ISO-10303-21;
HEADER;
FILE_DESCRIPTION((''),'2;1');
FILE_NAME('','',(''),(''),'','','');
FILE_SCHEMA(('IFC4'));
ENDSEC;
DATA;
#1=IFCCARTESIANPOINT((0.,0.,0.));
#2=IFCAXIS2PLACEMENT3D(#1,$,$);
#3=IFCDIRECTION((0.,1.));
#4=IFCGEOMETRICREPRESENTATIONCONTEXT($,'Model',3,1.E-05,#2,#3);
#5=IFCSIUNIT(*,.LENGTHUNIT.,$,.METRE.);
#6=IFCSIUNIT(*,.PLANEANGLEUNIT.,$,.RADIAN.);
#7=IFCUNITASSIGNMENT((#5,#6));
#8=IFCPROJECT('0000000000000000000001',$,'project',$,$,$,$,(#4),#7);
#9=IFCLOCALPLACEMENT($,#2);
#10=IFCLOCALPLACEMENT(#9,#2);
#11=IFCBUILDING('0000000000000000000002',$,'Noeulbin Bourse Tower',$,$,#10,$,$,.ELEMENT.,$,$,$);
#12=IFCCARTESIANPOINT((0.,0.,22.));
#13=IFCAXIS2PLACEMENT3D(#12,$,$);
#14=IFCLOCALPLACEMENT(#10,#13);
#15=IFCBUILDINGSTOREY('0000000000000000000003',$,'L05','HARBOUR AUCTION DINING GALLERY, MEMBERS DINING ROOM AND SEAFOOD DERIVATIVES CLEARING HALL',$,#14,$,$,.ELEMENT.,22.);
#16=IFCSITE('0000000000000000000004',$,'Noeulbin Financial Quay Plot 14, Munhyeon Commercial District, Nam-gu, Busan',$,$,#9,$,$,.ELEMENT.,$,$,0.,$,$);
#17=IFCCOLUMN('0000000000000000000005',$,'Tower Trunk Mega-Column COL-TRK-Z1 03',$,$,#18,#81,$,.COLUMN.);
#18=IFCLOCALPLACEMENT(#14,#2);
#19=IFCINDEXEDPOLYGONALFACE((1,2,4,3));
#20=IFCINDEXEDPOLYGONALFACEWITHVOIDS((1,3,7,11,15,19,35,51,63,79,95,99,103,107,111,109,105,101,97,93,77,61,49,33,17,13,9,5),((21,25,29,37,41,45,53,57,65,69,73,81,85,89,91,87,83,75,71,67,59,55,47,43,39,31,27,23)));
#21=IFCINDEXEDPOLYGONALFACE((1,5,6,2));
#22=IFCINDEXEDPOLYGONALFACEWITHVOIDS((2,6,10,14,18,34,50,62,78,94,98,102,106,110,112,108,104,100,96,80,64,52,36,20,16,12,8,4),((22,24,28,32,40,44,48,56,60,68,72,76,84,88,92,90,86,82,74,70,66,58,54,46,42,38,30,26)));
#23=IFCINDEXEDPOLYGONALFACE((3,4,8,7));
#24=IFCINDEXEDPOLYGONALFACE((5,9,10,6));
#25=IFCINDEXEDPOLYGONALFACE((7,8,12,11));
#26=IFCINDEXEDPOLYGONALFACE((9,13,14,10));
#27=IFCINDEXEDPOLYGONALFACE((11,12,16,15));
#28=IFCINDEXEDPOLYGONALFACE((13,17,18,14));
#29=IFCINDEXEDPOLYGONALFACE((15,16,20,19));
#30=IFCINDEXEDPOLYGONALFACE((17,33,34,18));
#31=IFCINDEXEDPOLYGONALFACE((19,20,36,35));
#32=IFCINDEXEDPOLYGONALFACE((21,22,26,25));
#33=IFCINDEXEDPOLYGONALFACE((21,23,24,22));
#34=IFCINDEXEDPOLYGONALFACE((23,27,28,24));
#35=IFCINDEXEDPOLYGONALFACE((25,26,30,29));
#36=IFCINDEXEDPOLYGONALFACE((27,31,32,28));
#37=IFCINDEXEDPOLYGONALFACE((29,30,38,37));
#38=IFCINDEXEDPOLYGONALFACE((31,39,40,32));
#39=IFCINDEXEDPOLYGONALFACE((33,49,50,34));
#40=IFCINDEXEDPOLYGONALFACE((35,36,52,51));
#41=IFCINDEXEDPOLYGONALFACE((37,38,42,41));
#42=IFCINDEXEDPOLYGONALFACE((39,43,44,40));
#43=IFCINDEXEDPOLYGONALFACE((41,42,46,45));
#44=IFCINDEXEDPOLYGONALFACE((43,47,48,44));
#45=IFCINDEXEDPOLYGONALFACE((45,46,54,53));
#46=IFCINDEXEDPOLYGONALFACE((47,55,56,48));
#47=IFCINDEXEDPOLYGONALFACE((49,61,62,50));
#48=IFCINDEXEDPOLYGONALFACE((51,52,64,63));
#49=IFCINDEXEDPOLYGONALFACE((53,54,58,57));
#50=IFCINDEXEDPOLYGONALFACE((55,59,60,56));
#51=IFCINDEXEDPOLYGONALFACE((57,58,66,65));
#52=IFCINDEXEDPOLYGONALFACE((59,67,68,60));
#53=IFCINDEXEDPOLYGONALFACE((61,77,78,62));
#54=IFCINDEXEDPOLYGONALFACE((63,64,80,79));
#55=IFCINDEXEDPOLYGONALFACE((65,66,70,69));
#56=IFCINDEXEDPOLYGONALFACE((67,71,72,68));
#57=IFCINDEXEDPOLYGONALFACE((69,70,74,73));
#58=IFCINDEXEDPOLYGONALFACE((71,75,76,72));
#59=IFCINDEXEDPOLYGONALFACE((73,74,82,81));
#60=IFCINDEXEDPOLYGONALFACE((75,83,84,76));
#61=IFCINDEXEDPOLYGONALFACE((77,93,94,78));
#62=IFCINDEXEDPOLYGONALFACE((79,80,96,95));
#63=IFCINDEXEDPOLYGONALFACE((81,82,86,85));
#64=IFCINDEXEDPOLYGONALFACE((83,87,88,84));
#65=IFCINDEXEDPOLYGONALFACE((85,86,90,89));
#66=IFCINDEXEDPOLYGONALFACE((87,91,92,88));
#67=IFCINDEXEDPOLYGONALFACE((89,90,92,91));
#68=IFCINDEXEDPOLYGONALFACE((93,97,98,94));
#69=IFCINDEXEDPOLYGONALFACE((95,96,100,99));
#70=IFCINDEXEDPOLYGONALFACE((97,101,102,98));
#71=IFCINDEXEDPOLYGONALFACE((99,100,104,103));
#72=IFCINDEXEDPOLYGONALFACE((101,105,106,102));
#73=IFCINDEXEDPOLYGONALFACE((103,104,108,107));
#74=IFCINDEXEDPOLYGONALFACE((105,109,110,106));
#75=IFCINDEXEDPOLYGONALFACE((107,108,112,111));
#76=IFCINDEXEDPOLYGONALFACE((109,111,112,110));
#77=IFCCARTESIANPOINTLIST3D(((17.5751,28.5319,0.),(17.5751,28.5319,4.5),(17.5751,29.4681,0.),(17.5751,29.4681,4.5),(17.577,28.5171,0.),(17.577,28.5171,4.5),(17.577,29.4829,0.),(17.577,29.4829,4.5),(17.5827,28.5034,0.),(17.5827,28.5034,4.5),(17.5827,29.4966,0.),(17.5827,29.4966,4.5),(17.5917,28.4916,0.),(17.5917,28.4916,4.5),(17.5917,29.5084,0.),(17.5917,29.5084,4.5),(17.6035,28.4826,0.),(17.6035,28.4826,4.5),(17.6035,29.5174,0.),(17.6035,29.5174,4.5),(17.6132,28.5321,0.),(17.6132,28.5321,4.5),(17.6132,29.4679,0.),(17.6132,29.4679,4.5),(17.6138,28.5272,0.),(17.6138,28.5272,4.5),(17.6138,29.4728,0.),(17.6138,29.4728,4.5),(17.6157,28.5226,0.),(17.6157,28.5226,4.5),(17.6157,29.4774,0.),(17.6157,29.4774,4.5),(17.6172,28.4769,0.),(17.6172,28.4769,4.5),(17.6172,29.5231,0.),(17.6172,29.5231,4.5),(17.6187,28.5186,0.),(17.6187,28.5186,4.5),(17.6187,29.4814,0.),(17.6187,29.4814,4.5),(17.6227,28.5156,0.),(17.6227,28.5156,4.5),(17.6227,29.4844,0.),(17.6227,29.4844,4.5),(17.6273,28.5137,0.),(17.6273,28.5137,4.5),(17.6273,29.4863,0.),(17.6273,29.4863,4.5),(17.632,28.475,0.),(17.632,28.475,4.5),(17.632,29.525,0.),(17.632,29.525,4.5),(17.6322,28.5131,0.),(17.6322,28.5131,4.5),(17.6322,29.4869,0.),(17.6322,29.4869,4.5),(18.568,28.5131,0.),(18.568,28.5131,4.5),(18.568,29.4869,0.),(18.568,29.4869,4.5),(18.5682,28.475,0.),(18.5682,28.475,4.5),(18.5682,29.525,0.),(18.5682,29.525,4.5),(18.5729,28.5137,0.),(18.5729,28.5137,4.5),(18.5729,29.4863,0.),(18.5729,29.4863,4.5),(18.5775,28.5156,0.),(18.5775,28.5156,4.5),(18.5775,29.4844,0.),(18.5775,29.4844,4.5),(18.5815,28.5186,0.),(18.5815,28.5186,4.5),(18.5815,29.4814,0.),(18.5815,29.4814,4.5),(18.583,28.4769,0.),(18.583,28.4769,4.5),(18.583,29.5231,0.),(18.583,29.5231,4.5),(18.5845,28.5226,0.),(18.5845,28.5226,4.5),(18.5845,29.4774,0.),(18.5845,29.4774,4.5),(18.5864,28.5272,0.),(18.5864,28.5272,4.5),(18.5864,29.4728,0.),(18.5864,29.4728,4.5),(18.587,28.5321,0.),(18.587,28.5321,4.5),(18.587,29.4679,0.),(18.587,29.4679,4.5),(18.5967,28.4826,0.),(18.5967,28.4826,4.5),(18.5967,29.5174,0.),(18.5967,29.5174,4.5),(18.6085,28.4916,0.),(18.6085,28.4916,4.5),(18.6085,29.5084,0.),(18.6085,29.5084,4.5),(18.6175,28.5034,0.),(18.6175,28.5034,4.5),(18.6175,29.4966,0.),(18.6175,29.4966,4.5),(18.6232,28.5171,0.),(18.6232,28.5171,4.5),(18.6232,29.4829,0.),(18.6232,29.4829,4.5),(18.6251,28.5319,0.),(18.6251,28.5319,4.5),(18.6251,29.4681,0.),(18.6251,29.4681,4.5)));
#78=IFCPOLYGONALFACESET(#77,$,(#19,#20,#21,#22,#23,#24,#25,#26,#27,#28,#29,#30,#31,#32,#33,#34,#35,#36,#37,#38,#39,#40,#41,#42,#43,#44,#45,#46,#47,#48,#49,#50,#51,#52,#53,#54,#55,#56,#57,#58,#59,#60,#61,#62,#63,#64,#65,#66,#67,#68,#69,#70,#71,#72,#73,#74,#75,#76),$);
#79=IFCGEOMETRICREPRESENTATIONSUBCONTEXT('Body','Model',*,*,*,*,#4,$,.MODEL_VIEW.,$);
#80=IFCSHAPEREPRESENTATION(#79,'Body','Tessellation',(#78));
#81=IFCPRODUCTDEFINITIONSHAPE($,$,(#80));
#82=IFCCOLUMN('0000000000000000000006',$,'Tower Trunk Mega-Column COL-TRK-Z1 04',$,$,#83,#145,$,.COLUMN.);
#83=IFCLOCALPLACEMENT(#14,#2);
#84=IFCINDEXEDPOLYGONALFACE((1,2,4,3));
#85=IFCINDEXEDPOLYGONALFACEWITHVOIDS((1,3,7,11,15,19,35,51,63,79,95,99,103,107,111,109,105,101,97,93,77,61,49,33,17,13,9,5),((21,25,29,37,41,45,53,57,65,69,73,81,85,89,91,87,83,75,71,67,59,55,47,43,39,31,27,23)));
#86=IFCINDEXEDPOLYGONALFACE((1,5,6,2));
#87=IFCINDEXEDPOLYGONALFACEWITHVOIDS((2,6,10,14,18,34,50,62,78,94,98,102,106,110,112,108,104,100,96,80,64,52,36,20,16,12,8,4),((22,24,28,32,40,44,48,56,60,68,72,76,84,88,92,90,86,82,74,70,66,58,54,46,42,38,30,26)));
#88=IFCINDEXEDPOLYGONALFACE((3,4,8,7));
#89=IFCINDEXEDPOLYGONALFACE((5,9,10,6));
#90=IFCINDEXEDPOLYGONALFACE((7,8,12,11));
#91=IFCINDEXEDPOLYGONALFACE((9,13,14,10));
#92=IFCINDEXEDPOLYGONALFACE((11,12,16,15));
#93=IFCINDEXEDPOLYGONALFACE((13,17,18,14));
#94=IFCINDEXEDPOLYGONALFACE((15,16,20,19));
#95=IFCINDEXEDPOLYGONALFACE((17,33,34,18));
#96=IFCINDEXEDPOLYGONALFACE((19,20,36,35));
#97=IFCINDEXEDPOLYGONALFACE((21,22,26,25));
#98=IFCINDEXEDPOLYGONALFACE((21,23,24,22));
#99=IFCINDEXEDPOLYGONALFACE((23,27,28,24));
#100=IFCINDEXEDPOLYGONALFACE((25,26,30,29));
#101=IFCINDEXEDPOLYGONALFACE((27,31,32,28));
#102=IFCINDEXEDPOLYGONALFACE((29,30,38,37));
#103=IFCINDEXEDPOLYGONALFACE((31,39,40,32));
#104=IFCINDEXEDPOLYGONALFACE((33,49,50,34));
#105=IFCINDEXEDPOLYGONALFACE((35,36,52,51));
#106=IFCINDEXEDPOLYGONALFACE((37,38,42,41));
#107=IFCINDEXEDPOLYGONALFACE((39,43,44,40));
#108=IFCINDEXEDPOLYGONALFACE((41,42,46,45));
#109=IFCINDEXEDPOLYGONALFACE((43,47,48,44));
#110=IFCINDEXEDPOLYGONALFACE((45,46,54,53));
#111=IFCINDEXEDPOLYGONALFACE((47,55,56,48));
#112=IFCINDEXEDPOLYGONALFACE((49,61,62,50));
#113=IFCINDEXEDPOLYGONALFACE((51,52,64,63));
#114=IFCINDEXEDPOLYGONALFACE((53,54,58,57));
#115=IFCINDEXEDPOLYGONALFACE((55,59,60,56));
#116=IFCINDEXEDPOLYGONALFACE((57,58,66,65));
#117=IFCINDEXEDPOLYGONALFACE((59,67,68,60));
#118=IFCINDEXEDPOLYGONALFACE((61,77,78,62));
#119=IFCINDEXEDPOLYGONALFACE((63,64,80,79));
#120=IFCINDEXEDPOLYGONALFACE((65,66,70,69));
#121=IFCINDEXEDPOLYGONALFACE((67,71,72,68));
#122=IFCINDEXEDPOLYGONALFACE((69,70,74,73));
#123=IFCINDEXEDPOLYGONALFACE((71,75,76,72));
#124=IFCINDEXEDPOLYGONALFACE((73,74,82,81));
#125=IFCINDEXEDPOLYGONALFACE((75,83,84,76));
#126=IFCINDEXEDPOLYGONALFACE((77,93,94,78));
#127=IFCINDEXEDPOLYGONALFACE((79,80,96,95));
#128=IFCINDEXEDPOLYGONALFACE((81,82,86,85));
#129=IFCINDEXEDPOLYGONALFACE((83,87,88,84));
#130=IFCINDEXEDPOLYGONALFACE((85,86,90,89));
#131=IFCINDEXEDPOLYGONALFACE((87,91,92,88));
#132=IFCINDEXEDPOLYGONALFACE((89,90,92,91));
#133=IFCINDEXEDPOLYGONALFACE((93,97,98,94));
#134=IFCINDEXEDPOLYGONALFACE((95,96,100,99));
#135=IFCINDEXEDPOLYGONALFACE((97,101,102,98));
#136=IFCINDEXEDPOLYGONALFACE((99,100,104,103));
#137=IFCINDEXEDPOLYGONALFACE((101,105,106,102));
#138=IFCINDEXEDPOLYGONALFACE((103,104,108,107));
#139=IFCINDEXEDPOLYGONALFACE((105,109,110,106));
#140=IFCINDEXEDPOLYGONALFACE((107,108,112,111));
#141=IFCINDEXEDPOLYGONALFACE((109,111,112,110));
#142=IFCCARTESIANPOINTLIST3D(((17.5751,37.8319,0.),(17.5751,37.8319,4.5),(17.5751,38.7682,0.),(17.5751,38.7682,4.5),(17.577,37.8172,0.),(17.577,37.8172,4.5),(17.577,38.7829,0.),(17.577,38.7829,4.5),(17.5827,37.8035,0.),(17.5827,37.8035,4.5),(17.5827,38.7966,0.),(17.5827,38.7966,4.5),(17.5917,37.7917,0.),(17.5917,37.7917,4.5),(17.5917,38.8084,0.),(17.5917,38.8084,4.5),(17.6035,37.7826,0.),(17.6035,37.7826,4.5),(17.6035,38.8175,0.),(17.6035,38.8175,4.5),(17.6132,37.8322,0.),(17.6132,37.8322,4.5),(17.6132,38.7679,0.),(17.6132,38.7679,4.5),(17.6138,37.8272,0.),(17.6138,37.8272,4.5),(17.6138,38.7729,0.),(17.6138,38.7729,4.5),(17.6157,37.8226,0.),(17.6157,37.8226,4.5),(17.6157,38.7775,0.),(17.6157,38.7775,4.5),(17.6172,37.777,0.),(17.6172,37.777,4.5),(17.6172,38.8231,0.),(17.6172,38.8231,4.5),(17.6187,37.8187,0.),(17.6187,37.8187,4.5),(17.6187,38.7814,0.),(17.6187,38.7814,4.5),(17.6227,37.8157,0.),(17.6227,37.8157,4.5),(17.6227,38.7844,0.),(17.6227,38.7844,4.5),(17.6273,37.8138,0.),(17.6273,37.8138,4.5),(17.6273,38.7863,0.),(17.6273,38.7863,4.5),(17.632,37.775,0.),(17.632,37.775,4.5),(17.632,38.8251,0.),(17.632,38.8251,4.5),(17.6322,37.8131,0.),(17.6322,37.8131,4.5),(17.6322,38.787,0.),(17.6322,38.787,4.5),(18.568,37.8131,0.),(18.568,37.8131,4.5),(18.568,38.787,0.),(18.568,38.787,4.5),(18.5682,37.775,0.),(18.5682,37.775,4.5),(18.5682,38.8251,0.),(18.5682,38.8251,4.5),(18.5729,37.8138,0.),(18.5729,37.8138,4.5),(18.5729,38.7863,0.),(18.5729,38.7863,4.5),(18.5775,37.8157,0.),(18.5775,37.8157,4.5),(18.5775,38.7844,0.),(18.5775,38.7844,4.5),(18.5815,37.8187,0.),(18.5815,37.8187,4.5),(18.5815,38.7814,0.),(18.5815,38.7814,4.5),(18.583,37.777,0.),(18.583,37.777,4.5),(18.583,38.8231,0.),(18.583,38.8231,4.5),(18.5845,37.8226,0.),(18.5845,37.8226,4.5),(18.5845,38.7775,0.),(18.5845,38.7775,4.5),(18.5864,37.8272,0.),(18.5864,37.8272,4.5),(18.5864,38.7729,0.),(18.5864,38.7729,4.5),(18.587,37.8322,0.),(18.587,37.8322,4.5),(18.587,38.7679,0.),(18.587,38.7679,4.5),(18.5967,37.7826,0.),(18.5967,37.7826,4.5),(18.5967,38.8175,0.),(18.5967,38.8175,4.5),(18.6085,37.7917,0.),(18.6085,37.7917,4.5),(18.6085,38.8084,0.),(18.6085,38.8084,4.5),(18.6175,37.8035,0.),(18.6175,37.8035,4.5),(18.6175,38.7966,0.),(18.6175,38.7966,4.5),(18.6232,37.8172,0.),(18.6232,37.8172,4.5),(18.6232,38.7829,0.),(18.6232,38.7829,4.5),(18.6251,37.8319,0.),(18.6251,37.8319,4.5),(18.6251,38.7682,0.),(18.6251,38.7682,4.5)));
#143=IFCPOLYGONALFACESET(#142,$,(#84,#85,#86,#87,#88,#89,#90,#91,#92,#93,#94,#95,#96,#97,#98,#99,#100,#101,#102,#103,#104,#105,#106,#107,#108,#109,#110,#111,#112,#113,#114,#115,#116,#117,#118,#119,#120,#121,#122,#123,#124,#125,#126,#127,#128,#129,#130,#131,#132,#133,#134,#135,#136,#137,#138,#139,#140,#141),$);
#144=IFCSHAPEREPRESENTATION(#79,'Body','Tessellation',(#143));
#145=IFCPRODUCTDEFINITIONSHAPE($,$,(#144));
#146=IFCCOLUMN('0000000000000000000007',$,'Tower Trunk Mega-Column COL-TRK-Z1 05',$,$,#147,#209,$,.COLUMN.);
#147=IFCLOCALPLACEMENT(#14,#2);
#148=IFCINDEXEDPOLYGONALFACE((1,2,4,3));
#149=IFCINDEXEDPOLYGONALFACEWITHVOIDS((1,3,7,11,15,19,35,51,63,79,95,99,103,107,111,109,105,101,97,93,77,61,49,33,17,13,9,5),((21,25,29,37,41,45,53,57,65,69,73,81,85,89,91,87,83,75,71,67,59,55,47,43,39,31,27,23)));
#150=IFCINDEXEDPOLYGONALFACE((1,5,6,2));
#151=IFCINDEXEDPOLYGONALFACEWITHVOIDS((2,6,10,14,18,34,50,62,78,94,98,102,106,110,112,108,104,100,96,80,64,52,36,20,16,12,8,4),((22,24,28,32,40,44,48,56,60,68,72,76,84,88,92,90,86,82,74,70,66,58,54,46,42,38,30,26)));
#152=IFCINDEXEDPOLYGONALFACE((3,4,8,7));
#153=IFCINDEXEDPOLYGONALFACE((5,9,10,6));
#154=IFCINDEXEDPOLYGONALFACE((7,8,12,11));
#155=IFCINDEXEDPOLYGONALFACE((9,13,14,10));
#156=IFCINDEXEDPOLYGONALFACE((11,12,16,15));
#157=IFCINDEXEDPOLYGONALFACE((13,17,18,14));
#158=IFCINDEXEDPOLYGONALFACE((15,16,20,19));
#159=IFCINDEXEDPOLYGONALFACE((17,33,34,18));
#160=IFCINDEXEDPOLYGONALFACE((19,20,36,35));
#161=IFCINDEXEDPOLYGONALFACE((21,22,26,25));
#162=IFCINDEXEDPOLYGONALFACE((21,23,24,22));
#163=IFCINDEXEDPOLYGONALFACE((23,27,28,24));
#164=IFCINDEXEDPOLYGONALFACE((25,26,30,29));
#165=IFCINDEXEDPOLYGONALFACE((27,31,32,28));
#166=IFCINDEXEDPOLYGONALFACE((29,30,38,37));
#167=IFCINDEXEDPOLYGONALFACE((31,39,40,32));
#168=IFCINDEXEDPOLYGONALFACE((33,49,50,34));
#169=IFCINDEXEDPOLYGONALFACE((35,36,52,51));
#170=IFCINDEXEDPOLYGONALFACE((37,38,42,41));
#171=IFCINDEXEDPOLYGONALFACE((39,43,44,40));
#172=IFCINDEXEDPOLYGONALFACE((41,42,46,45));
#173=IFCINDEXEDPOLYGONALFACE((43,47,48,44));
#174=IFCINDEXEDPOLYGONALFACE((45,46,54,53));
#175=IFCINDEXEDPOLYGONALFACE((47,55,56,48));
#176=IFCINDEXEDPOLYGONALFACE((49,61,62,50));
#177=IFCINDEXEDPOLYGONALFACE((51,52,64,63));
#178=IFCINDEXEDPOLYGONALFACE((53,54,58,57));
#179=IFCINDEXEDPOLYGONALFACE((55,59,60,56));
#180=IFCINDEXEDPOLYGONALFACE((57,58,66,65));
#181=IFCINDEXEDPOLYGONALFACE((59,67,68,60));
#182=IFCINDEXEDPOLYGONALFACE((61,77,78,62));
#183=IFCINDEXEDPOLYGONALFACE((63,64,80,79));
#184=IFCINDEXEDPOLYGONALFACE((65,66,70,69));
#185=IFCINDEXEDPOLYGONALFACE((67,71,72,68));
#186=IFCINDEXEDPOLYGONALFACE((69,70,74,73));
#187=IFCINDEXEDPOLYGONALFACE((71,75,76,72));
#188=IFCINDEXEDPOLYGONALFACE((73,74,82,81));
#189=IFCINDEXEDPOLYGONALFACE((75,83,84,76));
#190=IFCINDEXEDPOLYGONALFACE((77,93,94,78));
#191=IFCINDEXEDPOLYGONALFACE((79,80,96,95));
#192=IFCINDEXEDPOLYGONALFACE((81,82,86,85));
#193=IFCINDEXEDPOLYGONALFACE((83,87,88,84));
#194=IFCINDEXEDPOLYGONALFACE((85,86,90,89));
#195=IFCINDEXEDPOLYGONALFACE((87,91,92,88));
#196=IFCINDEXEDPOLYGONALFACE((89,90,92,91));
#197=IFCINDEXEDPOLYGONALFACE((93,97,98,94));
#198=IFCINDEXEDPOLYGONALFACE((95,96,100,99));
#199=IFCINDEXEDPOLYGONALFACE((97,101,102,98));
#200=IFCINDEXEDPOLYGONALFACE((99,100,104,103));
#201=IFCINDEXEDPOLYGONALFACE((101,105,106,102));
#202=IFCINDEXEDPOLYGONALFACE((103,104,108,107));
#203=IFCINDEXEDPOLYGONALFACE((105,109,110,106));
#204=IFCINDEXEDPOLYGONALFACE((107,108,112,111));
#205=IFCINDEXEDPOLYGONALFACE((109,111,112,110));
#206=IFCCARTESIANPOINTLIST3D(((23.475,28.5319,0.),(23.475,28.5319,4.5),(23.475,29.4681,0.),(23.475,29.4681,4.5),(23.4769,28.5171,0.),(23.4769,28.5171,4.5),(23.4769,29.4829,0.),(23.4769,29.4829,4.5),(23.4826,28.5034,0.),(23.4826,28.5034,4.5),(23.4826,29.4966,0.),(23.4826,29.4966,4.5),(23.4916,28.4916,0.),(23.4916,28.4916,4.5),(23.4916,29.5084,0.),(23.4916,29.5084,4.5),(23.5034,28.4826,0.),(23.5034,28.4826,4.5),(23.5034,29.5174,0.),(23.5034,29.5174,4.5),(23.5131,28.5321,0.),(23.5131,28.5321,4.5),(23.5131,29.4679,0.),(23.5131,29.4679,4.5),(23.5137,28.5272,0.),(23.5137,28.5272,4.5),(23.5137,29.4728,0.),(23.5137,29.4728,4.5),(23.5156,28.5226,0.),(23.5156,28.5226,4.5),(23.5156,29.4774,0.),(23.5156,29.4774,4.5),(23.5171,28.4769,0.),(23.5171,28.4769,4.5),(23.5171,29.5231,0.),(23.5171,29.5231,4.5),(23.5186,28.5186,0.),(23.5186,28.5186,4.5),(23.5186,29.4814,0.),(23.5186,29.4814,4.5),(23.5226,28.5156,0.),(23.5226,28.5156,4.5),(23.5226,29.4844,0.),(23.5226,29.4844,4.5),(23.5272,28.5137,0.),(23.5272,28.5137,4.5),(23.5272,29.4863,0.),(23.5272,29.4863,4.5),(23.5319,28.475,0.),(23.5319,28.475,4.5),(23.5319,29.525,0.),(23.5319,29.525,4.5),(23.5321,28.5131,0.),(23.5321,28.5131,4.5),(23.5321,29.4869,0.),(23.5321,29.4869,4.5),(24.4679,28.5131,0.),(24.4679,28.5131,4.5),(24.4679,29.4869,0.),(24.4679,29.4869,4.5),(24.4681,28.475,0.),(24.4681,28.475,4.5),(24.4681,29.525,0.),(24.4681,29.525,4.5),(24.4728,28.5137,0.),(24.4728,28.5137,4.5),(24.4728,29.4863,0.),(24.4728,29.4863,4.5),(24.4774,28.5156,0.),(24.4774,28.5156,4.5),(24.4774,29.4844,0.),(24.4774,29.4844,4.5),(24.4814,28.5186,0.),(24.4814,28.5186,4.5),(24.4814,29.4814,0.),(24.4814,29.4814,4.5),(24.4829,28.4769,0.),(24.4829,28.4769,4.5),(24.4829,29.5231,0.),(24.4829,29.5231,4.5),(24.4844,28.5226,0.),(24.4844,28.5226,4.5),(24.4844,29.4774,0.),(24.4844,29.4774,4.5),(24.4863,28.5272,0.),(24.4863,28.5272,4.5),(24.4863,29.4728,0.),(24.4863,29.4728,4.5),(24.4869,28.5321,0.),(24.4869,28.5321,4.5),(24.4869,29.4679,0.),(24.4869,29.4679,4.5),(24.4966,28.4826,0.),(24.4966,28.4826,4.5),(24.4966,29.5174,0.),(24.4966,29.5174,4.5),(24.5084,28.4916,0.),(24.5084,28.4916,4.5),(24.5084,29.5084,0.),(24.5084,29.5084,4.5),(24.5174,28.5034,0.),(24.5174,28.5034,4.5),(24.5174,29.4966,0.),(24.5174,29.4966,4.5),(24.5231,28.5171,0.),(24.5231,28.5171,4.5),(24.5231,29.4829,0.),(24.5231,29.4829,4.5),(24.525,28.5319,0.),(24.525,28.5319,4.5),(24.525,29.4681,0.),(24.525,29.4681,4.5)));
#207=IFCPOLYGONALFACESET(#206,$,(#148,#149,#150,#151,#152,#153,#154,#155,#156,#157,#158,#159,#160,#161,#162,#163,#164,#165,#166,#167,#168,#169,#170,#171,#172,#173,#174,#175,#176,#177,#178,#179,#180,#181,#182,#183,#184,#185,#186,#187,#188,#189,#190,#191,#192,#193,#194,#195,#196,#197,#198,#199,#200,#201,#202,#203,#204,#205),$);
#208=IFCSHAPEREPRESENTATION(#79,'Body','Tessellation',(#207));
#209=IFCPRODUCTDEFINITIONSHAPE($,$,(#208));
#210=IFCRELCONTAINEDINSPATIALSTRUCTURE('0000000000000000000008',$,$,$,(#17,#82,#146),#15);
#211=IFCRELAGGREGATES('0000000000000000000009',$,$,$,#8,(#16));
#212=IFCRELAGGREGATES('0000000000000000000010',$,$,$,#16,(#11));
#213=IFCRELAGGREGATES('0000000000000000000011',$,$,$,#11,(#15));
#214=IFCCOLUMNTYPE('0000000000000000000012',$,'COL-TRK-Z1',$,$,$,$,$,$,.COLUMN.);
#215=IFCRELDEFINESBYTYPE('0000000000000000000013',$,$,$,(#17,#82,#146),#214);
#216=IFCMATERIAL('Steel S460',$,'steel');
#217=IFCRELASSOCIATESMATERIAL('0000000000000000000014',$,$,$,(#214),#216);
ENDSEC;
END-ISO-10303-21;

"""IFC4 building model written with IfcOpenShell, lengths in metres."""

from ifc_helpers import new_model, si_unit, direction, frame, origin, origin_2d, place, context, subcontext, project, spatial, hollow_rectangle, extrude, material, material_profile, profile_set, type_object, element, save


model = new_model("IFC4")

# Units and contexts
model_context = context("Model", 3, precision=1e-05, world=origin(), true_north=direction((0.0, 1.0)))
body_context = subcontext(model_context, "Body", "Model", "MODEL_VIEW")
ifc_project = project(units=[si_unit("LENGTHUNIT", "METRE"), si_unit("PLANEANGLEUNIT", "RADIAN")], contexts=[model_context])

# Site, building, storey
site_placement = place(None, origin())
site = spatial("IfcSite", under=ifc_project, at=site_placement, Name="Noeulbin Financial Quay Plot 14, Munhyeon Commercial District, Nam-gu, Busan", CompositionType="ELEMENT", RefElevation=0.0)
building_placement = place(site_placement, origin())
building = spatial("IfcBuilding", under=site, at=building_placement, Name="Noeulbin Bourse Tower", CompositionType="ELEMENT")
storey_placement = place(building_placement, frame((0.0, 0.0, 22.0)))
storey = spatial("IfcBuildingStorey", under=building, at=storey_placement, Name="L05", Description="HARBOUR AUCTION DINING GALLERY, MEMBERS DINING ROOM AND SEAFOOD DERIVATIVES CLEARING HALL", CompositionType="ELEMENT", Elevation=22.0)

# Columns
ifc_material_1 = material(Name="Steel S460", Category="steel")
ifc_material_profile = material_profile(ifc_material_1, hollow_rectangle(XDim=1.05, YDim=1.05, WallThickness=0.0381, InnerFilletRadius=0.019, OuterFilletRadius=0.0569, at=origin_2d()), Name="BOX-1050x1050x38", Category="LoadBearing")
ifc_profile_set = profile_set([ifc_material_profile], Name="Steel S460")
column_type = type_object("IfcColumnType", Name="COL-TRK-Z1", PredefinedType="COLUMN", material=ifc_profile_set)
for number, where, z_axis, x_axis, name in (
    (1, (18.1001, 29.0, 0.0), (0.0, 0.0, 1.0), (1.0, 0.0, 0.0), "Tower Trunk Mega-Column COL-TRK-Z1 03"),
    (2, (18.1001, 38.3, 0.0), (0.0, 0.0, 1.0), (1.0, 0.0, 0.0), "Tower Trunk Mega-Column COL-TRK-Z1 04"),
    (3, (24.0, 29.0, 0.0), (0.0, 0.0, 1.0), (1.0, 0.0, 0.0), "Tower Trunk Mega-Column COL-TRK-Z1 05"),
):
    element("IfcColumn", number, at=place(storey_placement, frame(where, z_axis=z_axis, x_axis=x_axis)), inside=storey, type_object=column_type, Name=name, PredefinedType="COLUMN", context=body_context, shape_type="SweptSolid", body=[
        extrude(hollow_rectangle(XDim=1.05, YDim=1.05, WallThickness=0.0381, InnerFilletRadius=0.019, OuterFilletRadius=0.0569, at=origin_2d()), origin(), (0.0, 0.0, 1.0), 4.5),
    ])

save(model, "model.ifc")
